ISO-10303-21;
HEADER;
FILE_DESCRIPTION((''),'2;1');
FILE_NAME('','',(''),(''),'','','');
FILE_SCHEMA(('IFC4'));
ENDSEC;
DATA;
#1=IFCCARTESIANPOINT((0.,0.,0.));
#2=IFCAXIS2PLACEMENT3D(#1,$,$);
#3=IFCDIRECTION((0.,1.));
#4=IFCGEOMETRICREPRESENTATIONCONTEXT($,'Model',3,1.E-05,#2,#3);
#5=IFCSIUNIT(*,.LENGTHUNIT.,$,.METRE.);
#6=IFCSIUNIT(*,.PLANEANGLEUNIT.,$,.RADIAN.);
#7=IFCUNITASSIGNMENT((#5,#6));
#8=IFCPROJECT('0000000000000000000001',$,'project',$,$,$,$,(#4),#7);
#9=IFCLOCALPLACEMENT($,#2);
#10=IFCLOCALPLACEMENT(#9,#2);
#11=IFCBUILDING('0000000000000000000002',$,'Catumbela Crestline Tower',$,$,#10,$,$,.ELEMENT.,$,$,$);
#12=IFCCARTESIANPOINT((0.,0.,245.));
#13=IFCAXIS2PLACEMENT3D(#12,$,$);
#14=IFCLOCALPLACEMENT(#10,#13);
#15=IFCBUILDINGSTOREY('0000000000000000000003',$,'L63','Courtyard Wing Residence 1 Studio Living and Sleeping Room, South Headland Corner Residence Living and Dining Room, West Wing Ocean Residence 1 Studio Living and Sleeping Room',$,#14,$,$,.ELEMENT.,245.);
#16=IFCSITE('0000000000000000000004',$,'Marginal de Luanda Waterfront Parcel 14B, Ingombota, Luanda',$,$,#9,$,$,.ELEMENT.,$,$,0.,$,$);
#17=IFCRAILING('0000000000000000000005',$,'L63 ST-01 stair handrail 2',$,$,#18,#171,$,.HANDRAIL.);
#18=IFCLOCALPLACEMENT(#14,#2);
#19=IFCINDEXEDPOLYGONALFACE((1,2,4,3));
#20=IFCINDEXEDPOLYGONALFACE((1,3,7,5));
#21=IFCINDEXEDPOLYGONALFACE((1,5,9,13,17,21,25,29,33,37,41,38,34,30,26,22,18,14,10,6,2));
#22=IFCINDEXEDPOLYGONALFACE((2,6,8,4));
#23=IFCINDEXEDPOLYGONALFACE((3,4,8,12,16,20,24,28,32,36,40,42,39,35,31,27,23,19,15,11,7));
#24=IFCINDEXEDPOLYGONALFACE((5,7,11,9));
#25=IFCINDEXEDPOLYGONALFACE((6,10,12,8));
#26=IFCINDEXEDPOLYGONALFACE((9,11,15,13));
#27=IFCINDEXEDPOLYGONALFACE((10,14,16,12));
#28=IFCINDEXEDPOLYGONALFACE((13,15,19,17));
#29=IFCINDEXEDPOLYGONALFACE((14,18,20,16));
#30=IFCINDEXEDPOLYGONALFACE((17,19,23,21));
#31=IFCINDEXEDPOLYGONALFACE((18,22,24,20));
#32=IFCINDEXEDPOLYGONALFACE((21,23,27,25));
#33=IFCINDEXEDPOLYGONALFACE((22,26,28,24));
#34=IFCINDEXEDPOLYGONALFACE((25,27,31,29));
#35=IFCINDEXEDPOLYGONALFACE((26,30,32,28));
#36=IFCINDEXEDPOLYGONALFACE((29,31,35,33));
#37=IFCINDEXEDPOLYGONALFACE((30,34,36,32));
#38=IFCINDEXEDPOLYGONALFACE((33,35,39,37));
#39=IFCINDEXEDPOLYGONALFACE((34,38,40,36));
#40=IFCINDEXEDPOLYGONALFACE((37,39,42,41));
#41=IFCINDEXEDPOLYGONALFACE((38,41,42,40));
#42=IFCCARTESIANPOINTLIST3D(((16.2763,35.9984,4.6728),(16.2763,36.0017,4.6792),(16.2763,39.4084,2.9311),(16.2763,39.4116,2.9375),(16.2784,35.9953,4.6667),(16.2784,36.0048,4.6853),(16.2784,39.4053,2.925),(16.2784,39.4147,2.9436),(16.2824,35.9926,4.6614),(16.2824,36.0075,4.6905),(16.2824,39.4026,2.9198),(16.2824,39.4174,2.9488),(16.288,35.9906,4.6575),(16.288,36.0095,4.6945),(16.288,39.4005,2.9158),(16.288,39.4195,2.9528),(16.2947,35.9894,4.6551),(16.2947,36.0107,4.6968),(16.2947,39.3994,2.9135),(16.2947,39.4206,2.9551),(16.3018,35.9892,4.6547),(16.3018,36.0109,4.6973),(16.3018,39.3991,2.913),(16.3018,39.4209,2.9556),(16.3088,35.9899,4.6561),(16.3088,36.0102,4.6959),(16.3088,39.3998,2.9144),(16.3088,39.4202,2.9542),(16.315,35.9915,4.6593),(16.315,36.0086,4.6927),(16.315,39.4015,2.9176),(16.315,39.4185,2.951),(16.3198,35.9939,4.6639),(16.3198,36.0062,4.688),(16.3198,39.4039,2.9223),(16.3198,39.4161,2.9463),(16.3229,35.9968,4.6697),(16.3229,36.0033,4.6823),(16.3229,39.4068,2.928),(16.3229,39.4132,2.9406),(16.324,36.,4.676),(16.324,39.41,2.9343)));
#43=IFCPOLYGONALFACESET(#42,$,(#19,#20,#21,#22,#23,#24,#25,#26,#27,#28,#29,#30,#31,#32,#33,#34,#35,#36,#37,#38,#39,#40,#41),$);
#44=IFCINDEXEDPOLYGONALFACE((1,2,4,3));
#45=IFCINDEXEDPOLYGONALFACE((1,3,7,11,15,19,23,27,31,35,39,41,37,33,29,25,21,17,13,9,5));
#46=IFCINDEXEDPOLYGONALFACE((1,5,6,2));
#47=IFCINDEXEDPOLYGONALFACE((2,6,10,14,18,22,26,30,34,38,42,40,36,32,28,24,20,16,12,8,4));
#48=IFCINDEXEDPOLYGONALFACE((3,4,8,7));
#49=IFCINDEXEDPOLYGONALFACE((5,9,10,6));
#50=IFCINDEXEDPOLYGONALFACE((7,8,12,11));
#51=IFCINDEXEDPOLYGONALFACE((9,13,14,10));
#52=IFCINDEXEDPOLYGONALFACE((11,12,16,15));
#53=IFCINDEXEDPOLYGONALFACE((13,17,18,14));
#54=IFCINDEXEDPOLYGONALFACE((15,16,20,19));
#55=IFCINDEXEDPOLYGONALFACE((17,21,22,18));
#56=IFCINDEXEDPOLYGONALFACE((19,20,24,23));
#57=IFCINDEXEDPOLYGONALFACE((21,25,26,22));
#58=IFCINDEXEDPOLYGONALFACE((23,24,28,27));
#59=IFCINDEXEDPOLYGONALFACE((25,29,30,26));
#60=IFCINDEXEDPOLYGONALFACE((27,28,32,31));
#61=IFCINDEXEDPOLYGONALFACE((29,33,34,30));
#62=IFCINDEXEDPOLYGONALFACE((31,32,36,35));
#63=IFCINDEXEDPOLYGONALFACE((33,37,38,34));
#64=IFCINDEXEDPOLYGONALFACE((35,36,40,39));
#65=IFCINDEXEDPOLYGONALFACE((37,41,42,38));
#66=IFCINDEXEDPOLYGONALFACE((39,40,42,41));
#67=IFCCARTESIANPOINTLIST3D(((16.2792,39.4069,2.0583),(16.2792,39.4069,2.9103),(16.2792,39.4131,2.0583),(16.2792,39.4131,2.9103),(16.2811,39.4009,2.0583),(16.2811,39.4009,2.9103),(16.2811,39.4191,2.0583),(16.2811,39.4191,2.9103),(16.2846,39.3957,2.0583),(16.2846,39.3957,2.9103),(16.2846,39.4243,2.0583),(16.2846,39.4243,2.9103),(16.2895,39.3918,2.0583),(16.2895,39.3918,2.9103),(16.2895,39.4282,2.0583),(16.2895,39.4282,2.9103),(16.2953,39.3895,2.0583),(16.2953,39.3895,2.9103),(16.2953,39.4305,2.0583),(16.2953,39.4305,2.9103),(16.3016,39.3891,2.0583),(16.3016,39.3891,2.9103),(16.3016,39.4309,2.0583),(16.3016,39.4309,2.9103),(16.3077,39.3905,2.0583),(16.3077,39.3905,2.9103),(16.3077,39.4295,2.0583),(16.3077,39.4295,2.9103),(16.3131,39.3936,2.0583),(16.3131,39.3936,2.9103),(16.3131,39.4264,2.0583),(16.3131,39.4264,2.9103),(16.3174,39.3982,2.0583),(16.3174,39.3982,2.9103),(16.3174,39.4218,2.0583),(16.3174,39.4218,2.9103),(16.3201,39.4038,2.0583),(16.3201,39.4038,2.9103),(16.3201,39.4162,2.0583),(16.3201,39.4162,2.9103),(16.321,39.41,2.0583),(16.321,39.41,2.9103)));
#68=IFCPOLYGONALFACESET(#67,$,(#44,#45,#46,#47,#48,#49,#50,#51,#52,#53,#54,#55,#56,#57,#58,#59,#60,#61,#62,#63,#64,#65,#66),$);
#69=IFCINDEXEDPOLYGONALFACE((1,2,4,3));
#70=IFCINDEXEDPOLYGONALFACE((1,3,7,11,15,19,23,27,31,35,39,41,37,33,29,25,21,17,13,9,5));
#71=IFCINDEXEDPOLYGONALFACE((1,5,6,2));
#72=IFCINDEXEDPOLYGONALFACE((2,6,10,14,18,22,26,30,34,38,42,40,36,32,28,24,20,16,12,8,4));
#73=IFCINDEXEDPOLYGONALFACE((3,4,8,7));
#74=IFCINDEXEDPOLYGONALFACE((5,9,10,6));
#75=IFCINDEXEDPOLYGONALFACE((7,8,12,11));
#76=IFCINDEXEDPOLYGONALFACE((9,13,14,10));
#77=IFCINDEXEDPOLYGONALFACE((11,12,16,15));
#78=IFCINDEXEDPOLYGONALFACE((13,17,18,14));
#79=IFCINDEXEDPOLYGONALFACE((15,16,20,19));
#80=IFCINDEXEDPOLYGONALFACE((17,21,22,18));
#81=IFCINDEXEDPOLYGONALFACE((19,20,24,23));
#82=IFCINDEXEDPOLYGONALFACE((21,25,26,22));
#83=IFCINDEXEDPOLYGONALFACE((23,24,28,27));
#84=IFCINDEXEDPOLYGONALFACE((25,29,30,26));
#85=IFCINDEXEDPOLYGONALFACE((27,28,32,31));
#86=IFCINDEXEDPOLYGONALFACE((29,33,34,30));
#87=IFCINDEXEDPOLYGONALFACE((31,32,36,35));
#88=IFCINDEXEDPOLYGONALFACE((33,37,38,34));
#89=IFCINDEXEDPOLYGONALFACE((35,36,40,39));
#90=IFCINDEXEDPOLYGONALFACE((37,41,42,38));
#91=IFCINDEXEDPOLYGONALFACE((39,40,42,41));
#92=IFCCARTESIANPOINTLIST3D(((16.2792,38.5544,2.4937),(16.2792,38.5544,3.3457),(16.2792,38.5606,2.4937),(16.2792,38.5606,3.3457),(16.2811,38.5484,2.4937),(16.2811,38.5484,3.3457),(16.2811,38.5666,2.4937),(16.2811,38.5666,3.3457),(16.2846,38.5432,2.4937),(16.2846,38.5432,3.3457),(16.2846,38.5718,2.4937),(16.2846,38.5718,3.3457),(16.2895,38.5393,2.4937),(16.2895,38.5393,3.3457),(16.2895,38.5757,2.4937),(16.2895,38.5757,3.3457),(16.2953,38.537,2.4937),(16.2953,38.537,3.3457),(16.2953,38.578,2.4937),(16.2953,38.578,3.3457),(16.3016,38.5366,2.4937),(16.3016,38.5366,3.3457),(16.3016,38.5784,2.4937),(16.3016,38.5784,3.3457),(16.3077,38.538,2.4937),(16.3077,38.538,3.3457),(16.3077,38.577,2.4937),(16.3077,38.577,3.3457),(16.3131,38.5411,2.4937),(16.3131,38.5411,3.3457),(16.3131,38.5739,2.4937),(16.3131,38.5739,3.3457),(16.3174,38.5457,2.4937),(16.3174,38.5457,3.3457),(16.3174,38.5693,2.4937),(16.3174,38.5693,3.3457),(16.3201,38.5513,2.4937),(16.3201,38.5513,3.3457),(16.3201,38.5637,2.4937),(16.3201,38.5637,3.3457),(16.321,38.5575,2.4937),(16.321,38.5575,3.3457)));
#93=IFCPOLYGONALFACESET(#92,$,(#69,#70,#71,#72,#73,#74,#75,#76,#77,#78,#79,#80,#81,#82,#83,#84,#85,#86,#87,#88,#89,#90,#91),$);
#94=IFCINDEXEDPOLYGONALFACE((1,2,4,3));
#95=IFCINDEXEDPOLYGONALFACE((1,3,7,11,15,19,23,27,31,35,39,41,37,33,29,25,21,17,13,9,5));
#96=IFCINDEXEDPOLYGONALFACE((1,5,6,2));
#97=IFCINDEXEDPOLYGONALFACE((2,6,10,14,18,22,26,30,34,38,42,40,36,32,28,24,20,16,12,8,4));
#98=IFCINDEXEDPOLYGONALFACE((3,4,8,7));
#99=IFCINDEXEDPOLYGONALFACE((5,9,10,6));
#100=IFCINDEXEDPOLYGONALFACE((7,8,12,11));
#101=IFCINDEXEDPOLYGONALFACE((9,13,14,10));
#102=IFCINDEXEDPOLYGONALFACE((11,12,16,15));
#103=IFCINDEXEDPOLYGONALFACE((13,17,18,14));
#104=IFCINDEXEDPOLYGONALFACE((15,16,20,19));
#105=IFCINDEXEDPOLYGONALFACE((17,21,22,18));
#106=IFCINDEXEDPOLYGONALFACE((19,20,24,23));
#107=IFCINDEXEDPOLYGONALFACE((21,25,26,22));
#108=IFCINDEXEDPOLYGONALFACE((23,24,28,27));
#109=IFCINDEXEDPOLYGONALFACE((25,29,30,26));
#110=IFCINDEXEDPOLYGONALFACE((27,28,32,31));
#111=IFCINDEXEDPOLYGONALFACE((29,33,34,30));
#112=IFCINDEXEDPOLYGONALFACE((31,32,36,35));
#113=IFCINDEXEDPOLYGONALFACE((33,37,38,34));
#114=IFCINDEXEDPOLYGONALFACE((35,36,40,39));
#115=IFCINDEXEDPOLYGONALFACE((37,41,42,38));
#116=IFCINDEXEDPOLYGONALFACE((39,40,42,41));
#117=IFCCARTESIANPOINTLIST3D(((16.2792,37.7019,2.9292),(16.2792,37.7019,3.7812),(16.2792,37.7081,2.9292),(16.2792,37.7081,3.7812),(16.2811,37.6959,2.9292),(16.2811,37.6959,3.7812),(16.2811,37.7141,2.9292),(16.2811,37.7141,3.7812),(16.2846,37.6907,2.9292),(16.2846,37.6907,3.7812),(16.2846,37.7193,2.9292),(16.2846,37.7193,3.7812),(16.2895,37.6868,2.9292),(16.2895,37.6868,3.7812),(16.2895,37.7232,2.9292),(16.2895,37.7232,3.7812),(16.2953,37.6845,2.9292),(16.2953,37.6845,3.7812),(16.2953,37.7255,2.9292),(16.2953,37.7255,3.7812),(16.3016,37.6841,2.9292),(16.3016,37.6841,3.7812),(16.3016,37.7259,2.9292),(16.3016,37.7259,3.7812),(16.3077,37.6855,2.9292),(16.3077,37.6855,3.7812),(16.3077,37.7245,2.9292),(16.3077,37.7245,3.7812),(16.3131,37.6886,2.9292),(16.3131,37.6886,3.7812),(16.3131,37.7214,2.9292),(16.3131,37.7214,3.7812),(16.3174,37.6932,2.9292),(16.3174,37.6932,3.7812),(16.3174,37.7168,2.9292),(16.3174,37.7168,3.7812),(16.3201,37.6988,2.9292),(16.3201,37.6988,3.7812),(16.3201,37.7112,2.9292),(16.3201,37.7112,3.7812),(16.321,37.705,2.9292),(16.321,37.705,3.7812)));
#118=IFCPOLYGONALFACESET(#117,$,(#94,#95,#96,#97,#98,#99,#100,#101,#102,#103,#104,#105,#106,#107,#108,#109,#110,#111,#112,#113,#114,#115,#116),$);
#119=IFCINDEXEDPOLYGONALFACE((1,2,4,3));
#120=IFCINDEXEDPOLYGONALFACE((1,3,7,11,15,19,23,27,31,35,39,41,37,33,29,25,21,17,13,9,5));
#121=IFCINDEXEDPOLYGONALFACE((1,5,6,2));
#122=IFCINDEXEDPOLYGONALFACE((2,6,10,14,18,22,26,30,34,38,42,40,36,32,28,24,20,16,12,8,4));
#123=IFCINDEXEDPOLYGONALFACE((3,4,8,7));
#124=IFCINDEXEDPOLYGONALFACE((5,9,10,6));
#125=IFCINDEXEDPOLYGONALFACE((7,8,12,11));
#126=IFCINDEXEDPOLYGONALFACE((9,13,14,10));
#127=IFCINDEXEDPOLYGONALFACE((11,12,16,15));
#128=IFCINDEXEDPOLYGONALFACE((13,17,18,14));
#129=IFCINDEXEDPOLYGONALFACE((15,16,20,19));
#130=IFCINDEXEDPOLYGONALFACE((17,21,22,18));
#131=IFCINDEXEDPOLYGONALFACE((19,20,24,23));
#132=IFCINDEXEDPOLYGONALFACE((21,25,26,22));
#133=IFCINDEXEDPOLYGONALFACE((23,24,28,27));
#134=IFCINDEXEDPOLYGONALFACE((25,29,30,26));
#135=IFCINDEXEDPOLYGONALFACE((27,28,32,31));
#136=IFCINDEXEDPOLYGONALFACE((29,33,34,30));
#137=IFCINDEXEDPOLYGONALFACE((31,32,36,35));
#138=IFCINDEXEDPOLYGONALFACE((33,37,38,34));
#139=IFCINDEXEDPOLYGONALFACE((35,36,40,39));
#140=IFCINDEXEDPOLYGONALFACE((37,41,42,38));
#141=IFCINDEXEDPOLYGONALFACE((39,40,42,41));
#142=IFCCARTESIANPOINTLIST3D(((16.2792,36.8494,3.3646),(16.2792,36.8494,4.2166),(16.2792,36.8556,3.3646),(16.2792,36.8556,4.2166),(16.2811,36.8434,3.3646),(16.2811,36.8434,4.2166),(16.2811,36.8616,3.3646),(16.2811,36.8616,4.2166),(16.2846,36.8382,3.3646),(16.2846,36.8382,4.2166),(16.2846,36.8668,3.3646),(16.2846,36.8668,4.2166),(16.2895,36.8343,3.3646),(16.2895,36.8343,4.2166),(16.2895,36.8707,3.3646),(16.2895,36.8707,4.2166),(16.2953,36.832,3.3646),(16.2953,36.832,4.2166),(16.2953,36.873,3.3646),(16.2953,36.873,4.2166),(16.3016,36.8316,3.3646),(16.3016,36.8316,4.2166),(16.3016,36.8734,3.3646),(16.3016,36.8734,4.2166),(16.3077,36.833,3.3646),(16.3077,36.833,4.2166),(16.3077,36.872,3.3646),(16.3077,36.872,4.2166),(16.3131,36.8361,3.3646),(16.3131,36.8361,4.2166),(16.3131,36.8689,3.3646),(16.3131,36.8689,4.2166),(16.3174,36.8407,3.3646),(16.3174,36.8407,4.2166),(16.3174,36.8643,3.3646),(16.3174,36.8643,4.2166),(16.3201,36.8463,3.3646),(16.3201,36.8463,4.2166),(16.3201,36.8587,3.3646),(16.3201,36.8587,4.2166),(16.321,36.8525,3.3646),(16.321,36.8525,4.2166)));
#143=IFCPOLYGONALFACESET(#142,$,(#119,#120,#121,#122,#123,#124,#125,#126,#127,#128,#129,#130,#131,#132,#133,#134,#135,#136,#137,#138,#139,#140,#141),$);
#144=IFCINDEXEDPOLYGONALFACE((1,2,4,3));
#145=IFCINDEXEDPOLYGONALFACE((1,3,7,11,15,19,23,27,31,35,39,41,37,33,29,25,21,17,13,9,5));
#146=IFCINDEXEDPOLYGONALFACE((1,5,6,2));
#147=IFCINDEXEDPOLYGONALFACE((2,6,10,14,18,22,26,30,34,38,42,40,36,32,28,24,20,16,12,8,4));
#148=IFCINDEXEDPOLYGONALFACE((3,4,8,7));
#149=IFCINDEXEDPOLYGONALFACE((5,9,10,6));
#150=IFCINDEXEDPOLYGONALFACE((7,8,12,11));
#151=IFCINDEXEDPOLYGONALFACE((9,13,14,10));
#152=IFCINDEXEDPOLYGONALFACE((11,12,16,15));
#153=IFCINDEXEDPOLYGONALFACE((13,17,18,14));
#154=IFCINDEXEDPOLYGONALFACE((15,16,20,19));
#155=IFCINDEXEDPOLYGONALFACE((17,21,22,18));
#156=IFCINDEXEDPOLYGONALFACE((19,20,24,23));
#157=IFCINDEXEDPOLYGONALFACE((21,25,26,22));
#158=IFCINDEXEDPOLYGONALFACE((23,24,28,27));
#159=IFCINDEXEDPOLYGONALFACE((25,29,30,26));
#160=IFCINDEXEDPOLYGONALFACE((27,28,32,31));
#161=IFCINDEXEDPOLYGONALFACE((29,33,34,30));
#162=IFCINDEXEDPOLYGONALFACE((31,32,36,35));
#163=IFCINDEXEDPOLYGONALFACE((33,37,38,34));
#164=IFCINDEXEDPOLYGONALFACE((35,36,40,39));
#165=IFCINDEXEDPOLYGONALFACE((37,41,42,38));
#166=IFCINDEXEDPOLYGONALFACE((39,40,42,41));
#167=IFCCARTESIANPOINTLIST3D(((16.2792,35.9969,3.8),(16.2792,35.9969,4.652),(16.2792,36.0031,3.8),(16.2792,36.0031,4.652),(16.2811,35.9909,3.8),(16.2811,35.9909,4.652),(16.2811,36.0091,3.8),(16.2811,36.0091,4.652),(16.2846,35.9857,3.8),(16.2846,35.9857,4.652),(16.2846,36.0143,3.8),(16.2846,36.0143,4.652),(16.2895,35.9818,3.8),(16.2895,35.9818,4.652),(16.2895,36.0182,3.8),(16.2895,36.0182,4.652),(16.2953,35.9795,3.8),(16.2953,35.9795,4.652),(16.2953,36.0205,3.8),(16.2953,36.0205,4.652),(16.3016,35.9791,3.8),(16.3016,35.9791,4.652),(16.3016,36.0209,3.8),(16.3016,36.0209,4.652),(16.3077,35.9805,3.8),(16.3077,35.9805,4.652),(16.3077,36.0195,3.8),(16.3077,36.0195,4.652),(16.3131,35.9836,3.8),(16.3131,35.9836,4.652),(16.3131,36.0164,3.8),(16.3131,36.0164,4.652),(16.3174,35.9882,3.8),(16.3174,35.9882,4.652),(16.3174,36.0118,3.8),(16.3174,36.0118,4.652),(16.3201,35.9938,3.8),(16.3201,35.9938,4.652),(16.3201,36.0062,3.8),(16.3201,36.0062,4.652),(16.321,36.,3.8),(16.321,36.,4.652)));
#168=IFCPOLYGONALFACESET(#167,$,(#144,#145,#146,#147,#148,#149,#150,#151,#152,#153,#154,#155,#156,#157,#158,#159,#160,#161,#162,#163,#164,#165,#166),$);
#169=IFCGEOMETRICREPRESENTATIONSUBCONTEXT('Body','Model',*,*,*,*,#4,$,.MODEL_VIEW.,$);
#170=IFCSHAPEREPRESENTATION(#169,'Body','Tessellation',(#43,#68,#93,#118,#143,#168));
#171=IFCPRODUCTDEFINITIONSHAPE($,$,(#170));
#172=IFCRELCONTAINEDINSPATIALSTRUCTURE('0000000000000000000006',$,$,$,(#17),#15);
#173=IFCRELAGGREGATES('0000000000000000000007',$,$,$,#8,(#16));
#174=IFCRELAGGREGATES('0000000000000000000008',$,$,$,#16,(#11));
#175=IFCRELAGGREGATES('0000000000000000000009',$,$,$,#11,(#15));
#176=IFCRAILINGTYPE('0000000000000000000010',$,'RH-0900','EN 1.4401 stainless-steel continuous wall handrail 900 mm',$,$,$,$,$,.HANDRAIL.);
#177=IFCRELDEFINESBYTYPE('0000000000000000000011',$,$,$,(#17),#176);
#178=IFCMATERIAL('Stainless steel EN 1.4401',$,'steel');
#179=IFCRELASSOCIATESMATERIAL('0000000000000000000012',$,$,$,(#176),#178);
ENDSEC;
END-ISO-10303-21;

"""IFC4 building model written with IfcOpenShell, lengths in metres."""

from ifc_helpers import new_model, si_unit, direction, frame, origin, origin_2d, place, context, subcontext, project, spatial, circle, extrude, material, type_object, element, save


model = new_model("IFC4")

# Units and contexts
model_context = context("Model", 3, precision=1e-05, world=origin(), true_north=direction((0.0, 1.0)))
body_context = subcontext(model_context, "Body", "Model", "MODEL_VIEW")
ifc_project = project(units=[si_unit("LENGTHUNIT", "METRE"), si_unit("PLANEANGLEUNIT", "RADIAN")], contexts=[model_context])

# Site, building, storey
site_placement = place(None, origin())
site = spatial("IfcSite", under=ifc_project, at=site_placement, Name="Marginal de Luanda Waterfront Parcel 14B, Ingombota, Luanda", CompositionType="ELEMENT", RefElevation=0.0)
building_placement = place(site_placement, origin())
building = spatial("IfcBuilding", under=site, at=building_placement, Name="Catumbela Crestline Tower", CompositionType="ELEMENT")
storey_placement = place(building_placement, frame((0.0, 0.0, 245.0)))
storey = spatial("IfcBuildingStorey", under=building, at=storey_placement, Name="L63", Description="Courtyard Wing Residence 1 Studio Living and Sleeping Room, South Headland Corner Residence Living and Dining Room, West Wing Ocean Residence 1 Studio Living and Sleeping Room", CompositionType="ELEMENT", Elevation=245.0)

# Shared definitions
ifc_material_1 = material(Name="Stainless steel EN 1.4401", Category="steel")

# Railing
railing_type_1 = type_object("IfcRailingType", Name="RH-0900", Description="EN 1.4401 stainless-steel continuous wall handrail 900 mm", PredefinedType="HANDRAIL", material=ifc_material_1)
railing_1_placement = place(storey_placement, frame((16.3, 39.41, 2.0583)))
element("IfcRailing", 1, at=railing_1_placement, inside=storey, type_object=railing_type_1, Name="L63 ST-01 stair handrail 2", PredefinedType="HANDRAIL", context=body_context, shape_type="SweptSolid", body=[
    extrude(circle(Radius=0.024, at=origin_2d()), frame((0.0, 0.0, 0.876), z_axis=(0.0, -0.89056, 0.454865), x_axis=(1.0, 0.0, 0.0)), (0.0, 0.0, 1.0), 3.829),
    extrude(circle(Radius=0.021, at=origin_2d()), origin(), (0.0, 0.0, 1.0), 0.852),
    extrude(circle(Radius=0.021, at=origin_2d()), frame((0.0, -0.8525, 0.4354)), (0.0, 0.0, 1.0), 0.852),
    extrude(circle(Radius=0.021, at=origin_2d()), frame((0.0, -1.705, 0.8709)), (0.0, 0.0, 1.0), 0.852),
    extrude(circle(Radius=0.021, at=origin_2d()), frame((0.0, -2.5575, 1.3063)), (0.0, 0.0, 1.0), 0.852),
    extrude(circle(Radius=0.021, at=origin_2d()), frame((0.0, -3.41, 1.7417)), (0.0, 0.0, 1.0), 0.852),
])

save(model, "model.ifc")
